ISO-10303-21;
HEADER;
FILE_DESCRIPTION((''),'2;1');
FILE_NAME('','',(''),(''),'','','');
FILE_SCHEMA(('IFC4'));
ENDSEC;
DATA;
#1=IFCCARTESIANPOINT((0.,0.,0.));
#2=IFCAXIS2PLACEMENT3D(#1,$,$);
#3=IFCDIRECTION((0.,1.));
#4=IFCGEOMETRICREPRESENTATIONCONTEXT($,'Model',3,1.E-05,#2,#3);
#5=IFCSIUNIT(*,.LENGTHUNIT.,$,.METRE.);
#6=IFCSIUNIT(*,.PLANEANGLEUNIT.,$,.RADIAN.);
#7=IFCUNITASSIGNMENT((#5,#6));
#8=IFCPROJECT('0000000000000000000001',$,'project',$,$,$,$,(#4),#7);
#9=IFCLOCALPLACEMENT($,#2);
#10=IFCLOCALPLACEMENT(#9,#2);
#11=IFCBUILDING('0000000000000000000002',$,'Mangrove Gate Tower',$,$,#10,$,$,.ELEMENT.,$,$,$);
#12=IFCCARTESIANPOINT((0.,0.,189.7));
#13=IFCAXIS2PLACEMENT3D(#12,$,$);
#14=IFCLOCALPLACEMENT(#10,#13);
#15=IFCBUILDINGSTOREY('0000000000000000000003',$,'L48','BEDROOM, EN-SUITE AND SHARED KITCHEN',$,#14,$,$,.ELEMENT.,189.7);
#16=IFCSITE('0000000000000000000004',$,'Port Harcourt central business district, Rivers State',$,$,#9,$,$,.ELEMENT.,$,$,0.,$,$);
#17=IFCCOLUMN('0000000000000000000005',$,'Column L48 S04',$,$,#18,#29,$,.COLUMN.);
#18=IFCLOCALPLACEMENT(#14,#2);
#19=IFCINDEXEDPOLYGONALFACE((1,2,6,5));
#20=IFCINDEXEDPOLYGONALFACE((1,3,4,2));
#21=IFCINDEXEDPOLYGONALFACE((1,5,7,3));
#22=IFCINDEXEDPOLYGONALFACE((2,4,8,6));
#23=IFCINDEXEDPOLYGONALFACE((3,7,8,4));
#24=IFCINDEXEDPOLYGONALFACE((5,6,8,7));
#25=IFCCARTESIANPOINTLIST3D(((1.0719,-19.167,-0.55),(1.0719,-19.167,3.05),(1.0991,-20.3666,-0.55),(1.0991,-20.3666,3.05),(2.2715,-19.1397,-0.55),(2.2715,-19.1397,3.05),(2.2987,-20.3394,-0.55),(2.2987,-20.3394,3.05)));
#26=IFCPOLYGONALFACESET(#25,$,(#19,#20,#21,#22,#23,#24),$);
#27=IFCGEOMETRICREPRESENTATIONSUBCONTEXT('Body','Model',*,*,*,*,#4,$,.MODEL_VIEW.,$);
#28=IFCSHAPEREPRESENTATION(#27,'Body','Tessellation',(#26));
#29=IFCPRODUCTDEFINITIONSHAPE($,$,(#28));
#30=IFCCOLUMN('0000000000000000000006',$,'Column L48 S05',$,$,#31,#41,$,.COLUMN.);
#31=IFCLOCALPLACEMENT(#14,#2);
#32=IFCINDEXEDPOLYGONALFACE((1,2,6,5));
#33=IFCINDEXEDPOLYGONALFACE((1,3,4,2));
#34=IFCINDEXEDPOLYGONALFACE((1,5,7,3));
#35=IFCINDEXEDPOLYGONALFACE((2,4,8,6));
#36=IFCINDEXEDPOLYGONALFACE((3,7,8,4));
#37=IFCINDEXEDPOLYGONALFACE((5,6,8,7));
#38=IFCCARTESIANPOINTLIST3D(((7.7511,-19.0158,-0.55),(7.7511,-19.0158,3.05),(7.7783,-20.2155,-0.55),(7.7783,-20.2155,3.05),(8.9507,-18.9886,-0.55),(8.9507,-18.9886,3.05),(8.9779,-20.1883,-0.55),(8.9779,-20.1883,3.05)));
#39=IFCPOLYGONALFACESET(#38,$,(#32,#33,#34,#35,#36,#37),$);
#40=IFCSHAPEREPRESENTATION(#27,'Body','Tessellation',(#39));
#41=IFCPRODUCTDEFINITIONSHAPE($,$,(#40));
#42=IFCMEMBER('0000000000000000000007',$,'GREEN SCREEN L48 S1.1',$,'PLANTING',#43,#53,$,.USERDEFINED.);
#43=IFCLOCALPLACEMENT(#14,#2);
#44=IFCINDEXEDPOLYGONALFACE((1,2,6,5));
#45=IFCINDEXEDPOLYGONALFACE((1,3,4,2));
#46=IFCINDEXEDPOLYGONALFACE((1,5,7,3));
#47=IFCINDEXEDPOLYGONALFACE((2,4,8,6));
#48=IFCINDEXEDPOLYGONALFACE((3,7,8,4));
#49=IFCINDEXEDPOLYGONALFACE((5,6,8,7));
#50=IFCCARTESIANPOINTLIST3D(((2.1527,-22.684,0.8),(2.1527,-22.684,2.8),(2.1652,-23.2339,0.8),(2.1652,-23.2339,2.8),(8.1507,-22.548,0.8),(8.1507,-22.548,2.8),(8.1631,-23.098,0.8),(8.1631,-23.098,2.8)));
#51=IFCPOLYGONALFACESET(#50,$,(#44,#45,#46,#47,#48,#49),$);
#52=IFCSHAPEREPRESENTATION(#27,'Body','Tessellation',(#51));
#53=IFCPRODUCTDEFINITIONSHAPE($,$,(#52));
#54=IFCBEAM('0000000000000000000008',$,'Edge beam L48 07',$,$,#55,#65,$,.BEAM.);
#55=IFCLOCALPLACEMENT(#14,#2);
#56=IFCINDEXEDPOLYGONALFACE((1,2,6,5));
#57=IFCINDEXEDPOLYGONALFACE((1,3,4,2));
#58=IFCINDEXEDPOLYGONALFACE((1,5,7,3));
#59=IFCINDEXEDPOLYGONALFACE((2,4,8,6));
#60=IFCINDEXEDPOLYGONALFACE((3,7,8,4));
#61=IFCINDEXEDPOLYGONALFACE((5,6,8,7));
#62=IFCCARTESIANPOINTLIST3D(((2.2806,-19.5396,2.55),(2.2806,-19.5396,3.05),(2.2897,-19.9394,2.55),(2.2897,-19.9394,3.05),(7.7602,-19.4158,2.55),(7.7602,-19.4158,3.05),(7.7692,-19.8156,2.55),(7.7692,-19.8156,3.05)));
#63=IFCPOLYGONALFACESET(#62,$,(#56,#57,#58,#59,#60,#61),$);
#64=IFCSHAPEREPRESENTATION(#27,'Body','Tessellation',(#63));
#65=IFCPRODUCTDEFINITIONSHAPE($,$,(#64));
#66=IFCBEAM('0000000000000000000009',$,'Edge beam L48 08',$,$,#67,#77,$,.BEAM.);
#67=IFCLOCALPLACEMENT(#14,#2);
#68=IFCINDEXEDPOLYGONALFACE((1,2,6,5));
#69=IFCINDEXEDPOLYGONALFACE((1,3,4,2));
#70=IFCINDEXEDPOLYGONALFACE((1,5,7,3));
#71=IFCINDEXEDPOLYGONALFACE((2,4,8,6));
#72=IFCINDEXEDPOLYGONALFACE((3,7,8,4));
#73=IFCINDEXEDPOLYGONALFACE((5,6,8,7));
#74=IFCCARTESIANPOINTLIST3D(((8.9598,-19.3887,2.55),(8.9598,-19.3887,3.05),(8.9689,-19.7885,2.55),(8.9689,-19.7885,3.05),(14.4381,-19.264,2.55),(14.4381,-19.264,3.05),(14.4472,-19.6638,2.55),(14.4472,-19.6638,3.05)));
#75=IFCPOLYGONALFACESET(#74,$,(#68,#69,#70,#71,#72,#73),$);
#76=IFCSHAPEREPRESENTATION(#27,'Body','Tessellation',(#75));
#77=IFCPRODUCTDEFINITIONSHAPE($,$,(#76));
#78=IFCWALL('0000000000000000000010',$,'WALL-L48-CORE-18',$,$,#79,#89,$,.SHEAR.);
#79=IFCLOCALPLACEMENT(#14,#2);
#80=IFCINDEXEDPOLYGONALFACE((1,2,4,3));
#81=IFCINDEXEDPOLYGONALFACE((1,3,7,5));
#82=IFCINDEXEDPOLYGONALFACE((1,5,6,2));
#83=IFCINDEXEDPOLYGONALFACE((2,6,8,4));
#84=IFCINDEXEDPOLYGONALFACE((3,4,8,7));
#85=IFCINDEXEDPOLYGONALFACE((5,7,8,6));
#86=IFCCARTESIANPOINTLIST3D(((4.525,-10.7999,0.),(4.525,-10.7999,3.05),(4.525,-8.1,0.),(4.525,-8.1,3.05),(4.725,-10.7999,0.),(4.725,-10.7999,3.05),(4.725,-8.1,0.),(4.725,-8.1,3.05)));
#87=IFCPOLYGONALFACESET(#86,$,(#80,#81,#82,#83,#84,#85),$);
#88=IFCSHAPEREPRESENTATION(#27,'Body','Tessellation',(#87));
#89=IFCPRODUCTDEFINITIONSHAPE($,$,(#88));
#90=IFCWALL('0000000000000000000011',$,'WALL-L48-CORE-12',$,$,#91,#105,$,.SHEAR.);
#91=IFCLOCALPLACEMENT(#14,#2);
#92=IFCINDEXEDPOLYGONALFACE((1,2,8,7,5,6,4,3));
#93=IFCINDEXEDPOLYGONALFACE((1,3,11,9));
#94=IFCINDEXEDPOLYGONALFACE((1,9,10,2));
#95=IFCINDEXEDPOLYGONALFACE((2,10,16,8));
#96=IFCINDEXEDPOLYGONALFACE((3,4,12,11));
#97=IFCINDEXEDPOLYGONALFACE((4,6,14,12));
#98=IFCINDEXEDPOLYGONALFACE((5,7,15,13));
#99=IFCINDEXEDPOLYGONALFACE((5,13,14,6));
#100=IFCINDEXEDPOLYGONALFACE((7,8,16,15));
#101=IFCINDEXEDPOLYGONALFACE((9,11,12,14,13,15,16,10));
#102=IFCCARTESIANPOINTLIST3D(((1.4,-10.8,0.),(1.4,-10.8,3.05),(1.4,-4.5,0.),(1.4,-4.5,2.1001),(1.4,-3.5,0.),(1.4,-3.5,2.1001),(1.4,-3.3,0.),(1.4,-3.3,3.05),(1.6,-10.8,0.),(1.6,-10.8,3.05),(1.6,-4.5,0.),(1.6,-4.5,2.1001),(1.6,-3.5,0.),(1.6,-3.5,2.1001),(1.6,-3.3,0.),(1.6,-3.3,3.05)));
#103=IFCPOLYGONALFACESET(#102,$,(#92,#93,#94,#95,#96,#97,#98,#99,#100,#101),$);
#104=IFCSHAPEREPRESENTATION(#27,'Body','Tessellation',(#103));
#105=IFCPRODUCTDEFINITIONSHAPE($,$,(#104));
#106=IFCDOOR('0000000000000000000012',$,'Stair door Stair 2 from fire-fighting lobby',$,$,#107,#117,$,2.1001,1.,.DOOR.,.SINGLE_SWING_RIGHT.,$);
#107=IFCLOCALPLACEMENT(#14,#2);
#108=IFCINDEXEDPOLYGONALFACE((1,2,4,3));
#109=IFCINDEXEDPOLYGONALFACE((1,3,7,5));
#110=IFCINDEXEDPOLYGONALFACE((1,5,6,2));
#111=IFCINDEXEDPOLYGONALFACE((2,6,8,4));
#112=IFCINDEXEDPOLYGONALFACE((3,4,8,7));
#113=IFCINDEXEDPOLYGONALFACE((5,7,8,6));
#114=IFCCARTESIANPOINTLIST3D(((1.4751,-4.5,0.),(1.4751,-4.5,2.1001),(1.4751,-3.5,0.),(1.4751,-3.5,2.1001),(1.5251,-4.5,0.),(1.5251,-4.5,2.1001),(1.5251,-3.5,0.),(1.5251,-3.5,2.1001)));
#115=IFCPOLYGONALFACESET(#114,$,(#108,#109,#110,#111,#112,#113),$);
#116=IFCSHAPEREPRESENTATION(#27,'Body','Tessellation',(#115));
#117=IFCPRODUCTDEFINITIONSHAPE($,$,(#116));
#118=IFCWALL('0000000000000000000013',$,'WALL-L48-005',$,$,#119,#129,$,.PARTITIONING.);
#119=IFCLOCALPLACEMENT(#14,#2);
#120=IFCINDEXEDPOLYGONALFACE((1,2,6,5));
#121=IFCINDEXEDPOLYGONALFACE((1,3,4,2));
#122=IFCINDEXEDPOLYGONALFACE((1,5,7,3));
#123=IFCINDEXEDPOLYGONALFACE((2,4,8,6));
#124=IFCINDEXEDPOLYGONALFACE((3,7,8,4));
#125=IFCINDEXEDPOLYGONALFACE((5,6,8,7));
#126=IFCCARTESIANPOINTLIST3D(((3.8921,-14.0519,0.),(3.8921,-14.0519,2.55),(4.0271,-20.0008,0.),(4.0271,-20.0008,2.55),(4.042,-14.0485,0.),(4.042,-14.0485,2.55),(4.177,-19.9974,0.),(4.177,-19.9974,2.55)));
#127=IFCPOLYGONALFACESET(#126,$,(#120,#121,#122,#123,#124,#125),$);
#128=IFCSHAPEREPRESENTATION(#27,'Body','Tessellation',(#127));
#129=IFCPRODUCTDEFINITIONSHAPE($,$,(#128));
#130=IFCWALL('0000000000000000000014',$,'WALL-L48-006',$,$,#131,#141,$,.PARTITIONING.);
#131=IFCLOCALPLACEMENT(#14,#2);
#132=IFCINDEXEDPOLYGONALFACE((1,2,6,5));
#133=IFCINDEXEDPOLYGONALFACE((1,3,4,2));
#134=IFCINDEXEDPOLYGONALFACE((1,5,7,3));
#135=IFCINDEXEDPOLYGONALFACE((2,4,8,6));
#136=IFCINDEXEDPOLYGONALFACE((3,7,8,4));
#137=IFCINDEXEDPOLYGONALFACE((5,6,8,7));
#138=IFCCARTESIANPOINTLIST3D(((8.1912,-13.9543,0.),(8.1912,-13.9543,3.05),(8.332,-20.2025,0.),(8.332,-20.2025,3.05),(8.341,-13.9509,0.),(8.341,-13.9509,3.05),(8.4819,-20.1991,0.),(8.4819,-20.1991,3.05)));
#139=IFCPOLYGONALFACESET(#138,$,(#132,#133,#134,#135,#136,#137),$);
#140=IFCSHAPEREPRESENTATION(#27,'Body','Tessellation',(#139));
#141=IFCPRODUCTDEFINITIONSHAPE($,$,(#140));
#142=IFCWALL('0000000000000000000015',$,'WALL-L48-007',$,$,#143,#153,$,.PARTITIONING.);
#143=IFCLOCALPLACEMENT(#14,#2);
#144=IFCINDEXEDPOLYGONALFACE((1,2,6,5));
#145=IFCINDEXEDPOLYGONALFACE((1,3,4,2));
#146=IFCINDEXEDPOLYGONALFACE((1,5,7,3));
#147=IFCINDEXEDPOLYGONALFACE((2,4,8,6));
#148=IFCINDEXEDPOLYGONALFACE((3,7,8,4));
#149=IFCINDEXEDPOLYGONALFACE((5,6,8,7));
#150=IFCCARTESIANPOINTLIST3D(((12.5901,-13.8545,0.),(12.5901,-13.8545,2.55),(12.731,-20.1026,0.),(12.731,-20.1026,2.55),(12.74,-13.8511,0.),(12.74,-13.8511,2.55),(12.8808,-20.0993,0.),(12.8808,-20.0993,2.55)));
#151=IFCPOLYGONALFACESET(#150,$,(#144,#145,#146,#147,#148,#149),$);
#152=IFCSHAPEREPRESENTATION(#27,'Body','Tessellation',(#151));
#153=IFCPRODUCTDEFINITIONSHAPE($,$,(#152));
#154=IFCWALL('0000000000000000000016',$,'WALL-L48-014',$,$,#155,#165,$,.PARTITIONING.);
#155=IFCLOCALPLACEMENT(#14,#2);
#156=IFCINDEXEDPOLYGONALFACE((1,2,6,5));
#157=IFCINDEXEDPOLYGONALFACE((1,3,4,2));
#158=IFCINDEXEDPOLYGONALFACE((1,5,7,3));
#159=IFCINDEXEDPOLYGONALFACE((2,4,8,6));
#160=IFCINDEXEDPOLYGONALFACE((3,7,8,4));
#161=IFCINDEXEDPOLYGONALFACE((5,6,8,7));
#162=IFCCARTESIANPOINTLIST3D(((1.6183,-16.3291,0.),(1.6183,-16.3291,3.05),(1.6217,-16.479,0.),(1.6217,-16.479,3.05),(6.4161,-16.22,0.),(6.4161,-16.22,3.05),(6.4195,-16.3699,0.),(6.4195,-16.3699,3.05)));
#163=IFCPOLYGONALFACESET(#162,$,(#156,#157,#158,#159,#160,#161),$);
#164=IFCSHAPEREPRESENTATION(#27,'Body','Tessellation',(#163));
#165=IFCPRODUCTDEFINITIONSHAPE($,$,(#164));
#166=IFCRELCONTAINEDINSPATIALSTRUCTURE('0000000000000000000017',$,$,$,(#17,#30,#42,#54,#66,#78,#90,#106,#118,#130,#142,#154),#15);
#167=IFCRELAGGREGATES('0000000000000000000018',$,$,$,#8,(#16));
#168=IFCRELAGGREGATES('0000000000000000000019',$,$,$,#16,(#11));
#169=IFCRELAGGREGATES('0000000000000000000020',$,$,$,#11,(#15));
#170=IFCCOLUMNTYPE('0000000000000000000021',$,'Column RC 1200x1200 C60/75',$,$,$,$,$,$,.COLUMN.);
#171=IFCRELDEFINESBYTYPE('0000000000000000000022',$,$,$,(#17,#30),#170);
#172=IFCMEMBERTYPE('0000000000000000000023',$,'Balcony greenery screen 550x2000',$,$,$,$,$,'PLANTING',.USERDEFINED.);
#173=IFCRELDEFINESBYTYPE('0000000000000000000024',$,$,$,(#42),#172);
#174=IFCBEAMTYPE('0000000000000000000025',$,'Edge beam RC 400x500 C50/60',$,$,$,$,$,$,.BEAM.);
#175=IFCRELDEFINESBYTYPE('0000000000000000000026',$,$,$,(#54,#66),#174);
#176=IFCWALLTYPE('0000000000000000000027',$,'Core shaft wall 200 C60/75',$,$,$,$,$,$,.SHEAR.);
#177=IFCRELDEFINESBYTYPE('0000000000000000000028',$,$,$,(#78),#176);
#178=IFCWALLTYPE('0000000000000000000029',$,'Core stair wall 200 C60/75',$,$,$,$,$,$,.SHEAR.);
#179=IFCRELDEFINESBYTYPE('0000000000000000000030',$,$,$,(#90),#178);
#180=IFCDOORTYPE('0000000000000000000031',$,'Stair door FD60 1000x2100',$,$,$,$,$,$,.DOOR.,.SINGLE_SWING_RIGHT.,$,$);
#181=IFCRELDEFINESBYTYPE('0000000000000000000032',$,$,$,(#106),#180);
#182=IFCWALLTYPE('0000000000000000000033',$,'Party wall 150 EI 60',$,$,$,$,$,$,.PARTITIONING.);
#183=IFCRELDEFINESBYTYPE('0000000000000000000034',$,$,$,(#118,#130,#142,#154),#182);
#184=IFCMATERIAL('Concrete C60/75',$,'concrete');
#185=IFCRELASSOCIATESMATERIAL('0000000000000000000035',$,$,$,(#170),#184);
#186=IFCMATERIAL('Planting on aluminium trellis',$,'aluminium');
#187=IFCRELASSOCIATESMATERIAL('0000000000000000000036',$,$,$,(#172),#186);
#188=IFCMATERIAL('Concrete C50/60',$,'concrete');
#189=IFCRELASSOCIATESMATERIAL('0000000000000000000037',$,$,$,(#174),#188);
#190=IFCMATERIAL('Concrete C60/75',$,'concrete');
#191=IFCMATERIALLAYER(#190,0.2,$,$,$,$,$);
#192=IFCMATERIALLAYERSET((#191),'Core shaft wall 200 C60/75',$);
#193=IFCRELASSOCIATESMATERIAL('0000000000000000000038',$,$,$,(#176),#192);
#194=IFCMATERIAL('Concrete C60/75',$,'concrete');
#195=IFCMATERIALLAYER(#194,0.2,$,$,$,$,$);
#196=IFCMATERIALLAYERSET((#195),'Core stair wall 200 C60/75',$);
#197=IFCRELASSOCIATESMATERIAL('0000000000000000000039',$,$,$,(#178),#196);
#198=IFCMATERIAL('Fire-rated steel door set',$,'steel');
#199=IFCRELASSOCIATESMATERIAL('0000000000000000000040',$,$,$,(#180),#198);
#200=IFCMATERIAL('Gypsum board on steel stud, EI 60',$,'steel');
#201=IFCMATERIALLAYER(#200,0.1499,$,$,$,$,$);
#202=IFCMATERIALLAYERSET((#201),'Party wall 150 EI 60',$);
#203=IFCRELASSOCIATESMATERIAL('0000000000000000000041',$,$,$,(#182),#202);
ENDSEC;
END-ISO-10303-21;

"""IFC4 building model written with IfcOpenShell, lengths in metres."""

from ifc_helpers import new_model, si_unit, direction, frame, frame_2d, origin, origin_2d, place, context, subcontext, project, spatial, rectangle, extrude, material, layer, layer_set, material_profile, profile_set, type_object, element, fill, save


model = new_model("IFC4")

# Units and contexts
model_context = context("Model", 3, precision=1e-05, world=origin(), true_north=direction((0.0, 1.0)))
body_context = subcontext(model_context, "Body", "Model", "MODEL_VIEW")
ifc_project = project(units=[si_unit("LENGTHUNIT", "METRE"), si_unit("PLANEANGLEUNIT", "RADIAN")], contexts=[model_context])

# Site, building, storey
site_placement = place(None, origin())
site = spatial("IfcSite", under=ifc_project, at=site_placement, Name="Port Harcourt central business district, Rivers State", CompositionType="ELEMENT", RefElevation=0.0)
building_placement = place(site_placement, origin())
building = spatial("IfcBuilding", under=site, at=building_placement, Name="Mangrove Gate Tower", CompositionType="ELEMENT")
storey_placement = place(building_placement, frame((0.0, 0.0, 189.7)))
storey = spatial("IfcBuildingStorey", under=building, at=storey_placement, Name="L48", Description="BEDROOM, EN-SUITE AND SHARED KITCHEN", CompositionType="ELEMENT", Elevation=189.7)

# Columns
ifc_material_1 = material(Name="Concrete C60/75", Category="concrete")
ifc_material_profile_1 = material_profile(ifc_material_1, rectangle(XDim=1.2, YDim=1.2, at=origin_2d()))
ifc_profile_set_1 = profile_set([ifc_material_profile_1], Name="Concrete C60/75")
column_type = type_object("IfcColumnType", Name="Column RC 1200x1200 C60/75", PredefinedType="COLUMN", material=ifc_profile_set_1)
for number, where, z_axis, x_axis, name in (
    (1, (1.6853, -19.7532, -0.55), (0.0, 0.0, 1.0), (0.999743, 0.022679, 0.0), "Column L48 S04"),
    (2, (8.3645, -19.6021, -0.55), (0.0, 0.0, 1.0), (0.999743, 0.022679, 0.0), "Column L48 S05"),
):
    element("IfcColumn", number, at=place(storey_placement, frame(where, z_axis=z_axis, x_axis=x_axis)), inside=storey, type_object=column_type, Name=name, PredefinedType="COLUMN", context=body_context, shape_type="SweptSolid", body=[
        extrude(rectangle(XDim=1.2, YDim=1.2, at=origin_2d()), origin(), (0.0, 0.0, 1.0), 3.6001),
    ])

# Member
ifc_material_2 = material(Name="Planting on aluminium trellis", Category="aluminium")
ifc_material_profile_2 = material_profile(ifc_material_2, rectangle(XDim=0.55, YDim=2.0, at=origin_2d()))
ifc_profile_set_2 = profile_set([ifc_material_profile_2], Name="Planting on aluminium trellis")
member_type = type_object("IfcMemberType", Name="Balcony greenery screen 550x2000", ElementType="PLANTING", PredefinedType="USERDEFINED", material=ifc_profile_set_2)
member_placement = place(storey_placement, frame((2.1589, -22.959, 1.8), z_axis=(0.999743, 0.022666, 0.0), x_axis=(-0.022666, 0.999743, 0.0)))
element("IfcMember", 3, at=member_placement, inside=storey, type_object=member_type, Name="GREEN SCREEN L48 S1.1", ObjectType="PLANTING", PredefinedType="USERDEFINED", context=body_context, shape_type="SweptSolid", body=[
    extrude(rectangle(XDim=0.55, YDim=2.0, at=origin_2d()), origin(), (0.0, 0.0, 1.0), 5.9995),
])

# Beams
ifc_material_3 = material(Name="Concrete C50/60", Category="concrete")
ifc_material_profile_3 = material_profile(ifc_material_3, rectangle(XDim=0.3999, YDim=0.5, at=origin_2d()))
ifc_profile_set_3 = profile_set([ifc_material_profile_3], Name="Concrete C50/60")
beam_type = type_object("IfcBeamType", Name="Edge beam RC 400x500 C50/60", PredefinedType="BEAM", material=ifc_profile_set_3)
beam_1_placement = place(storey_placement, frame((2.2852, -19.7395, 2.8), z_axis=(0.999745, 0.022584, 0.0), x_axis=(-0.022584, 0.999745, 0.0)))
element("IfcBeam", 4, at=beam_1_placement, inside=storey, type_object=beam_type, Name="Edge beam L48 07", PredefinedType="BEAM", context=body_context, shape_type="SweptSolid", body=[
    extrude(rectangle(XDim=0.3999, YDim=0.5, at=origin_2d()), origin(), (0.0, 0.0, 1.0), 5.481),
])
beam_2_placement = place(storey_placement, frame((8.9644, -19.5886, 2.8), z_axis=(0.999741, 0.022767, 0.0), x_axis=(-0.022767, 0.999741, 0.0)))
element("IfcBeam", 5, at=beam_2_placement, inside=storey, type_object=beam_type, Name="Edge beam L48 08", PredefinedType="BEAM", context=body_context, shape_type="SweptSolid", body=[
    extrude(rectangle(XDim=0.3999, YDim=0.5, at=origin_2d()), origin(), (0.0, 0.0, 1.0), 5.4797),
])

# Wall
ifc_material_4 = material(Name="Concrete C60/75", Category="concrete")
ifc_layer_1 = layer(ifc_material_4, 0.2)
ifc_layer_set_1 = layer_set([ifc_layer_1], Name="Core shaft wall 200 C60/75")
wall_type_1 = type_object("IfcWallType", Name="Core shaft wall 200 C60/75", PredefinedType="SHEAR", material=ifc_layer_set_1)
wall_1_placement = place(storey_placement, frame((4.625, -10.8, 0.0), z_axis=(0.0, 0.0, 1.0), x_axis=(0.0, 1.0, 0.0)))
element("IfcWall", 6, at=wall_1_placement, inside=storey, type_object=wall_type_1, Name="WALL-L48-CORE-18", PredefinedType="SHEAR", context=body_context, shape_type="SweptSolid", body=[
    extrude(rectangle(XDim=2.7, YDim=0.2, at=frame_2d((1.3501, 0.0))), origin(), (0.0, 0.0, 1.0), 3.05),
])

# Wall, opening, door
ifc_material_5 = material(Name="Concrete C60/75", Category="concrete")
ifc_layer_2 = layer(ifc_material_5, 0.2)
ifc_layer_set_2 = layer_set([ifc_layer_2], Name="Core stair wall 200 C60/75")
wall_type_2 = type_object("IfcWallType", Name="Core stair wall 200 C60/75", PredefinedType="SHEAR", material=ifc_layer_set_2)
wall_2_placement = place(storey_placement, frame((1.5, -10.8, 0.0), z_axis=(0.0, 0.0, 1.0), x_axis=(0.0, 1.0, 0.0)))
wall_2 = element("IfcWall", 7, at=wall_2_placement, inside=storey, type_object=wall_type_2, Name="WALL-L48-CORE-12", PredefinedType="SHEAR", context=body_context, shape_type="SweptSolid", body=[
    extrude(rectangle(XDim=7.5, YDim=0.2, at=frame_2d((3.75, 0.0))), origin(), (0.0, 0.0, 1.0), 3.05),
])
opening_1_placement = place(wall_2_placement, frame((6.3, 0.0, 0.0)))
opening_1 = element("IfcOpeningElement", 8, at=opening_1_placement, cuts=wall_2, PredefinedType="OPENING", context=body_context, shape_type="SweptSolid", body=[
    extrude(rectangle(XDim=1.0, YDim=2.1001, at=frame_2d((0.5, 1.05))), frame((0.0, 0.1099, 0.0), z_axis=(0.0, -1.0, 0.0), x_axis=(1.0, 0.0, 0.0)), (0.0, 0.0, 1.0), 0.22),
])
ifc_material_6 = material(Name="Fire-rated steel door set", Category="steel")
door_type_1 = type_object("IfcDoorType", Name="Stair door FD60 1000x2100", OperationType="SINGLE_SWING_RIGHT", PredefinedType="DOOR", material=ifc_material_6)
door_1_placement = place(opening_1_placement, origin())
door_1 = element("IfcDoor", 9, at=door_1_placement, inside=storey, type_object=door_type_1, Name="Stair door Stair 2 from fire-fighting lobby", OperationType="SINGLE_SWING_RIGHT", OverallHeight=2.1001, OverallWidth=1.0, PredefinedType="DOOR", context=body_context, shape_type="SweptSolid", body=[
    extrude(rectangle(XDim=1.0, YDim=2.1001, at=frame_2d((0.5, 1.05))), frame((0.0, 0.0249, 0.0), z_axis=(0.0, -1.0, 0.0), x_axis=(1.0, 0.0, 0.0)), (0.0, 0.0, 1.0), 0.05),
])
fill(opening_1, door_1)

# Walls
ifc_material_7 = material(Name="Gypsum board on steel stud, EI 60", Category="steel")
ifc_layer_3 = layer(ifc_material_7, 0.1499)
ifc_layer_set_3 = layer_set([ifc_layer_3], Name="Party wall 150 EI 60")
wall_type_3 = type_object("IfcWallType", Name="Party wall 150 EI 60", PredefinedType="PARTITIONING", material=ifc_layer_set_3)
wall_3_placement = place(storey_placement, frame((4.1021, -19.999, 0.0), z_axis=(0.0, 0.0, 1.0), x_axis=(-0.022689, 0.999743, 0.0)))
element("IfcWall", 10, at=wall_3_placement, inside=storey, type_object=wall_type_3, Name="WALL-L48-005", PredefinedType="PARTITIONING", context=body_context, shape_type="SweptSolid", body=[
    extrude(rectangle(XDim=5.9504, YDim=0.1499, at=frame_2d((2.9751, 0.0))), origin(), (0.0, 0.0, 1.0), 2.55),
])
wall_4_placement = place(storey_placement, frame((8.407, -20.2009, 0.0), z_axis=(0.0, 0.0, 1.0), x_axis=(-0.02254, 0.999746, 0.0)))
element("IfcWall", 11, at=wall_4_placement, inside=storey, type_object=wall_type_3, Name="WALL-L48-006", PredefinedType="PARTITIONING", context=body_context, shape_type="SweptSolid", body=[
    extrude(rectangle(XDim=6.2498, YDim=0.1499, at=frame_2d((3.125, 0.0))), origin(), (0.0, 0.0, 1.0), 3.05),
])
wall_5_placement = place(storey_placement, frame((12.8059, -20.1011, 0.0), z_axis=(0.0, 0.0, 1.0), x_axis=(-0.02254, 0.999746, 0.0)))
element("IfcWall", 12, at=wall_5_placement, inside=storey, type_object=wall_type_3, Name="WALL-L48-007", PredefinedType="PARTITIONING", context=body_context, shape_type="SweptSolid", body=[
    extrude(rectangle(XDim=6.2498, YDim=0.1499, at=frame_2d((3.125, 0.0))), origin(), (0.0, 0.0, 1.0), 2.55),
])
wall_6_placement = place(storey_placement, frame((1.6201, -16.4041, 0.0), z_axis=(0.0, 0.0, 1.0), x_axis=(0.999741, 0.02274, 0.0)))
element("IfcWall", 13, at=wall_6_placement, inside=storey, type_object=wall_type_3, Name="WALL-L48-014", PredefinedType="PARTITIONING", context=body_context, shape_type="SweptSolid", body=[
    extrude(rectangle(XDim=4.7991, YDim=0.1499, at=frame_2d((2.3994, 0.0))), origin(), (0.0, 0.0, 1.0), 3.05),
])

save(model, "model.ifc")
